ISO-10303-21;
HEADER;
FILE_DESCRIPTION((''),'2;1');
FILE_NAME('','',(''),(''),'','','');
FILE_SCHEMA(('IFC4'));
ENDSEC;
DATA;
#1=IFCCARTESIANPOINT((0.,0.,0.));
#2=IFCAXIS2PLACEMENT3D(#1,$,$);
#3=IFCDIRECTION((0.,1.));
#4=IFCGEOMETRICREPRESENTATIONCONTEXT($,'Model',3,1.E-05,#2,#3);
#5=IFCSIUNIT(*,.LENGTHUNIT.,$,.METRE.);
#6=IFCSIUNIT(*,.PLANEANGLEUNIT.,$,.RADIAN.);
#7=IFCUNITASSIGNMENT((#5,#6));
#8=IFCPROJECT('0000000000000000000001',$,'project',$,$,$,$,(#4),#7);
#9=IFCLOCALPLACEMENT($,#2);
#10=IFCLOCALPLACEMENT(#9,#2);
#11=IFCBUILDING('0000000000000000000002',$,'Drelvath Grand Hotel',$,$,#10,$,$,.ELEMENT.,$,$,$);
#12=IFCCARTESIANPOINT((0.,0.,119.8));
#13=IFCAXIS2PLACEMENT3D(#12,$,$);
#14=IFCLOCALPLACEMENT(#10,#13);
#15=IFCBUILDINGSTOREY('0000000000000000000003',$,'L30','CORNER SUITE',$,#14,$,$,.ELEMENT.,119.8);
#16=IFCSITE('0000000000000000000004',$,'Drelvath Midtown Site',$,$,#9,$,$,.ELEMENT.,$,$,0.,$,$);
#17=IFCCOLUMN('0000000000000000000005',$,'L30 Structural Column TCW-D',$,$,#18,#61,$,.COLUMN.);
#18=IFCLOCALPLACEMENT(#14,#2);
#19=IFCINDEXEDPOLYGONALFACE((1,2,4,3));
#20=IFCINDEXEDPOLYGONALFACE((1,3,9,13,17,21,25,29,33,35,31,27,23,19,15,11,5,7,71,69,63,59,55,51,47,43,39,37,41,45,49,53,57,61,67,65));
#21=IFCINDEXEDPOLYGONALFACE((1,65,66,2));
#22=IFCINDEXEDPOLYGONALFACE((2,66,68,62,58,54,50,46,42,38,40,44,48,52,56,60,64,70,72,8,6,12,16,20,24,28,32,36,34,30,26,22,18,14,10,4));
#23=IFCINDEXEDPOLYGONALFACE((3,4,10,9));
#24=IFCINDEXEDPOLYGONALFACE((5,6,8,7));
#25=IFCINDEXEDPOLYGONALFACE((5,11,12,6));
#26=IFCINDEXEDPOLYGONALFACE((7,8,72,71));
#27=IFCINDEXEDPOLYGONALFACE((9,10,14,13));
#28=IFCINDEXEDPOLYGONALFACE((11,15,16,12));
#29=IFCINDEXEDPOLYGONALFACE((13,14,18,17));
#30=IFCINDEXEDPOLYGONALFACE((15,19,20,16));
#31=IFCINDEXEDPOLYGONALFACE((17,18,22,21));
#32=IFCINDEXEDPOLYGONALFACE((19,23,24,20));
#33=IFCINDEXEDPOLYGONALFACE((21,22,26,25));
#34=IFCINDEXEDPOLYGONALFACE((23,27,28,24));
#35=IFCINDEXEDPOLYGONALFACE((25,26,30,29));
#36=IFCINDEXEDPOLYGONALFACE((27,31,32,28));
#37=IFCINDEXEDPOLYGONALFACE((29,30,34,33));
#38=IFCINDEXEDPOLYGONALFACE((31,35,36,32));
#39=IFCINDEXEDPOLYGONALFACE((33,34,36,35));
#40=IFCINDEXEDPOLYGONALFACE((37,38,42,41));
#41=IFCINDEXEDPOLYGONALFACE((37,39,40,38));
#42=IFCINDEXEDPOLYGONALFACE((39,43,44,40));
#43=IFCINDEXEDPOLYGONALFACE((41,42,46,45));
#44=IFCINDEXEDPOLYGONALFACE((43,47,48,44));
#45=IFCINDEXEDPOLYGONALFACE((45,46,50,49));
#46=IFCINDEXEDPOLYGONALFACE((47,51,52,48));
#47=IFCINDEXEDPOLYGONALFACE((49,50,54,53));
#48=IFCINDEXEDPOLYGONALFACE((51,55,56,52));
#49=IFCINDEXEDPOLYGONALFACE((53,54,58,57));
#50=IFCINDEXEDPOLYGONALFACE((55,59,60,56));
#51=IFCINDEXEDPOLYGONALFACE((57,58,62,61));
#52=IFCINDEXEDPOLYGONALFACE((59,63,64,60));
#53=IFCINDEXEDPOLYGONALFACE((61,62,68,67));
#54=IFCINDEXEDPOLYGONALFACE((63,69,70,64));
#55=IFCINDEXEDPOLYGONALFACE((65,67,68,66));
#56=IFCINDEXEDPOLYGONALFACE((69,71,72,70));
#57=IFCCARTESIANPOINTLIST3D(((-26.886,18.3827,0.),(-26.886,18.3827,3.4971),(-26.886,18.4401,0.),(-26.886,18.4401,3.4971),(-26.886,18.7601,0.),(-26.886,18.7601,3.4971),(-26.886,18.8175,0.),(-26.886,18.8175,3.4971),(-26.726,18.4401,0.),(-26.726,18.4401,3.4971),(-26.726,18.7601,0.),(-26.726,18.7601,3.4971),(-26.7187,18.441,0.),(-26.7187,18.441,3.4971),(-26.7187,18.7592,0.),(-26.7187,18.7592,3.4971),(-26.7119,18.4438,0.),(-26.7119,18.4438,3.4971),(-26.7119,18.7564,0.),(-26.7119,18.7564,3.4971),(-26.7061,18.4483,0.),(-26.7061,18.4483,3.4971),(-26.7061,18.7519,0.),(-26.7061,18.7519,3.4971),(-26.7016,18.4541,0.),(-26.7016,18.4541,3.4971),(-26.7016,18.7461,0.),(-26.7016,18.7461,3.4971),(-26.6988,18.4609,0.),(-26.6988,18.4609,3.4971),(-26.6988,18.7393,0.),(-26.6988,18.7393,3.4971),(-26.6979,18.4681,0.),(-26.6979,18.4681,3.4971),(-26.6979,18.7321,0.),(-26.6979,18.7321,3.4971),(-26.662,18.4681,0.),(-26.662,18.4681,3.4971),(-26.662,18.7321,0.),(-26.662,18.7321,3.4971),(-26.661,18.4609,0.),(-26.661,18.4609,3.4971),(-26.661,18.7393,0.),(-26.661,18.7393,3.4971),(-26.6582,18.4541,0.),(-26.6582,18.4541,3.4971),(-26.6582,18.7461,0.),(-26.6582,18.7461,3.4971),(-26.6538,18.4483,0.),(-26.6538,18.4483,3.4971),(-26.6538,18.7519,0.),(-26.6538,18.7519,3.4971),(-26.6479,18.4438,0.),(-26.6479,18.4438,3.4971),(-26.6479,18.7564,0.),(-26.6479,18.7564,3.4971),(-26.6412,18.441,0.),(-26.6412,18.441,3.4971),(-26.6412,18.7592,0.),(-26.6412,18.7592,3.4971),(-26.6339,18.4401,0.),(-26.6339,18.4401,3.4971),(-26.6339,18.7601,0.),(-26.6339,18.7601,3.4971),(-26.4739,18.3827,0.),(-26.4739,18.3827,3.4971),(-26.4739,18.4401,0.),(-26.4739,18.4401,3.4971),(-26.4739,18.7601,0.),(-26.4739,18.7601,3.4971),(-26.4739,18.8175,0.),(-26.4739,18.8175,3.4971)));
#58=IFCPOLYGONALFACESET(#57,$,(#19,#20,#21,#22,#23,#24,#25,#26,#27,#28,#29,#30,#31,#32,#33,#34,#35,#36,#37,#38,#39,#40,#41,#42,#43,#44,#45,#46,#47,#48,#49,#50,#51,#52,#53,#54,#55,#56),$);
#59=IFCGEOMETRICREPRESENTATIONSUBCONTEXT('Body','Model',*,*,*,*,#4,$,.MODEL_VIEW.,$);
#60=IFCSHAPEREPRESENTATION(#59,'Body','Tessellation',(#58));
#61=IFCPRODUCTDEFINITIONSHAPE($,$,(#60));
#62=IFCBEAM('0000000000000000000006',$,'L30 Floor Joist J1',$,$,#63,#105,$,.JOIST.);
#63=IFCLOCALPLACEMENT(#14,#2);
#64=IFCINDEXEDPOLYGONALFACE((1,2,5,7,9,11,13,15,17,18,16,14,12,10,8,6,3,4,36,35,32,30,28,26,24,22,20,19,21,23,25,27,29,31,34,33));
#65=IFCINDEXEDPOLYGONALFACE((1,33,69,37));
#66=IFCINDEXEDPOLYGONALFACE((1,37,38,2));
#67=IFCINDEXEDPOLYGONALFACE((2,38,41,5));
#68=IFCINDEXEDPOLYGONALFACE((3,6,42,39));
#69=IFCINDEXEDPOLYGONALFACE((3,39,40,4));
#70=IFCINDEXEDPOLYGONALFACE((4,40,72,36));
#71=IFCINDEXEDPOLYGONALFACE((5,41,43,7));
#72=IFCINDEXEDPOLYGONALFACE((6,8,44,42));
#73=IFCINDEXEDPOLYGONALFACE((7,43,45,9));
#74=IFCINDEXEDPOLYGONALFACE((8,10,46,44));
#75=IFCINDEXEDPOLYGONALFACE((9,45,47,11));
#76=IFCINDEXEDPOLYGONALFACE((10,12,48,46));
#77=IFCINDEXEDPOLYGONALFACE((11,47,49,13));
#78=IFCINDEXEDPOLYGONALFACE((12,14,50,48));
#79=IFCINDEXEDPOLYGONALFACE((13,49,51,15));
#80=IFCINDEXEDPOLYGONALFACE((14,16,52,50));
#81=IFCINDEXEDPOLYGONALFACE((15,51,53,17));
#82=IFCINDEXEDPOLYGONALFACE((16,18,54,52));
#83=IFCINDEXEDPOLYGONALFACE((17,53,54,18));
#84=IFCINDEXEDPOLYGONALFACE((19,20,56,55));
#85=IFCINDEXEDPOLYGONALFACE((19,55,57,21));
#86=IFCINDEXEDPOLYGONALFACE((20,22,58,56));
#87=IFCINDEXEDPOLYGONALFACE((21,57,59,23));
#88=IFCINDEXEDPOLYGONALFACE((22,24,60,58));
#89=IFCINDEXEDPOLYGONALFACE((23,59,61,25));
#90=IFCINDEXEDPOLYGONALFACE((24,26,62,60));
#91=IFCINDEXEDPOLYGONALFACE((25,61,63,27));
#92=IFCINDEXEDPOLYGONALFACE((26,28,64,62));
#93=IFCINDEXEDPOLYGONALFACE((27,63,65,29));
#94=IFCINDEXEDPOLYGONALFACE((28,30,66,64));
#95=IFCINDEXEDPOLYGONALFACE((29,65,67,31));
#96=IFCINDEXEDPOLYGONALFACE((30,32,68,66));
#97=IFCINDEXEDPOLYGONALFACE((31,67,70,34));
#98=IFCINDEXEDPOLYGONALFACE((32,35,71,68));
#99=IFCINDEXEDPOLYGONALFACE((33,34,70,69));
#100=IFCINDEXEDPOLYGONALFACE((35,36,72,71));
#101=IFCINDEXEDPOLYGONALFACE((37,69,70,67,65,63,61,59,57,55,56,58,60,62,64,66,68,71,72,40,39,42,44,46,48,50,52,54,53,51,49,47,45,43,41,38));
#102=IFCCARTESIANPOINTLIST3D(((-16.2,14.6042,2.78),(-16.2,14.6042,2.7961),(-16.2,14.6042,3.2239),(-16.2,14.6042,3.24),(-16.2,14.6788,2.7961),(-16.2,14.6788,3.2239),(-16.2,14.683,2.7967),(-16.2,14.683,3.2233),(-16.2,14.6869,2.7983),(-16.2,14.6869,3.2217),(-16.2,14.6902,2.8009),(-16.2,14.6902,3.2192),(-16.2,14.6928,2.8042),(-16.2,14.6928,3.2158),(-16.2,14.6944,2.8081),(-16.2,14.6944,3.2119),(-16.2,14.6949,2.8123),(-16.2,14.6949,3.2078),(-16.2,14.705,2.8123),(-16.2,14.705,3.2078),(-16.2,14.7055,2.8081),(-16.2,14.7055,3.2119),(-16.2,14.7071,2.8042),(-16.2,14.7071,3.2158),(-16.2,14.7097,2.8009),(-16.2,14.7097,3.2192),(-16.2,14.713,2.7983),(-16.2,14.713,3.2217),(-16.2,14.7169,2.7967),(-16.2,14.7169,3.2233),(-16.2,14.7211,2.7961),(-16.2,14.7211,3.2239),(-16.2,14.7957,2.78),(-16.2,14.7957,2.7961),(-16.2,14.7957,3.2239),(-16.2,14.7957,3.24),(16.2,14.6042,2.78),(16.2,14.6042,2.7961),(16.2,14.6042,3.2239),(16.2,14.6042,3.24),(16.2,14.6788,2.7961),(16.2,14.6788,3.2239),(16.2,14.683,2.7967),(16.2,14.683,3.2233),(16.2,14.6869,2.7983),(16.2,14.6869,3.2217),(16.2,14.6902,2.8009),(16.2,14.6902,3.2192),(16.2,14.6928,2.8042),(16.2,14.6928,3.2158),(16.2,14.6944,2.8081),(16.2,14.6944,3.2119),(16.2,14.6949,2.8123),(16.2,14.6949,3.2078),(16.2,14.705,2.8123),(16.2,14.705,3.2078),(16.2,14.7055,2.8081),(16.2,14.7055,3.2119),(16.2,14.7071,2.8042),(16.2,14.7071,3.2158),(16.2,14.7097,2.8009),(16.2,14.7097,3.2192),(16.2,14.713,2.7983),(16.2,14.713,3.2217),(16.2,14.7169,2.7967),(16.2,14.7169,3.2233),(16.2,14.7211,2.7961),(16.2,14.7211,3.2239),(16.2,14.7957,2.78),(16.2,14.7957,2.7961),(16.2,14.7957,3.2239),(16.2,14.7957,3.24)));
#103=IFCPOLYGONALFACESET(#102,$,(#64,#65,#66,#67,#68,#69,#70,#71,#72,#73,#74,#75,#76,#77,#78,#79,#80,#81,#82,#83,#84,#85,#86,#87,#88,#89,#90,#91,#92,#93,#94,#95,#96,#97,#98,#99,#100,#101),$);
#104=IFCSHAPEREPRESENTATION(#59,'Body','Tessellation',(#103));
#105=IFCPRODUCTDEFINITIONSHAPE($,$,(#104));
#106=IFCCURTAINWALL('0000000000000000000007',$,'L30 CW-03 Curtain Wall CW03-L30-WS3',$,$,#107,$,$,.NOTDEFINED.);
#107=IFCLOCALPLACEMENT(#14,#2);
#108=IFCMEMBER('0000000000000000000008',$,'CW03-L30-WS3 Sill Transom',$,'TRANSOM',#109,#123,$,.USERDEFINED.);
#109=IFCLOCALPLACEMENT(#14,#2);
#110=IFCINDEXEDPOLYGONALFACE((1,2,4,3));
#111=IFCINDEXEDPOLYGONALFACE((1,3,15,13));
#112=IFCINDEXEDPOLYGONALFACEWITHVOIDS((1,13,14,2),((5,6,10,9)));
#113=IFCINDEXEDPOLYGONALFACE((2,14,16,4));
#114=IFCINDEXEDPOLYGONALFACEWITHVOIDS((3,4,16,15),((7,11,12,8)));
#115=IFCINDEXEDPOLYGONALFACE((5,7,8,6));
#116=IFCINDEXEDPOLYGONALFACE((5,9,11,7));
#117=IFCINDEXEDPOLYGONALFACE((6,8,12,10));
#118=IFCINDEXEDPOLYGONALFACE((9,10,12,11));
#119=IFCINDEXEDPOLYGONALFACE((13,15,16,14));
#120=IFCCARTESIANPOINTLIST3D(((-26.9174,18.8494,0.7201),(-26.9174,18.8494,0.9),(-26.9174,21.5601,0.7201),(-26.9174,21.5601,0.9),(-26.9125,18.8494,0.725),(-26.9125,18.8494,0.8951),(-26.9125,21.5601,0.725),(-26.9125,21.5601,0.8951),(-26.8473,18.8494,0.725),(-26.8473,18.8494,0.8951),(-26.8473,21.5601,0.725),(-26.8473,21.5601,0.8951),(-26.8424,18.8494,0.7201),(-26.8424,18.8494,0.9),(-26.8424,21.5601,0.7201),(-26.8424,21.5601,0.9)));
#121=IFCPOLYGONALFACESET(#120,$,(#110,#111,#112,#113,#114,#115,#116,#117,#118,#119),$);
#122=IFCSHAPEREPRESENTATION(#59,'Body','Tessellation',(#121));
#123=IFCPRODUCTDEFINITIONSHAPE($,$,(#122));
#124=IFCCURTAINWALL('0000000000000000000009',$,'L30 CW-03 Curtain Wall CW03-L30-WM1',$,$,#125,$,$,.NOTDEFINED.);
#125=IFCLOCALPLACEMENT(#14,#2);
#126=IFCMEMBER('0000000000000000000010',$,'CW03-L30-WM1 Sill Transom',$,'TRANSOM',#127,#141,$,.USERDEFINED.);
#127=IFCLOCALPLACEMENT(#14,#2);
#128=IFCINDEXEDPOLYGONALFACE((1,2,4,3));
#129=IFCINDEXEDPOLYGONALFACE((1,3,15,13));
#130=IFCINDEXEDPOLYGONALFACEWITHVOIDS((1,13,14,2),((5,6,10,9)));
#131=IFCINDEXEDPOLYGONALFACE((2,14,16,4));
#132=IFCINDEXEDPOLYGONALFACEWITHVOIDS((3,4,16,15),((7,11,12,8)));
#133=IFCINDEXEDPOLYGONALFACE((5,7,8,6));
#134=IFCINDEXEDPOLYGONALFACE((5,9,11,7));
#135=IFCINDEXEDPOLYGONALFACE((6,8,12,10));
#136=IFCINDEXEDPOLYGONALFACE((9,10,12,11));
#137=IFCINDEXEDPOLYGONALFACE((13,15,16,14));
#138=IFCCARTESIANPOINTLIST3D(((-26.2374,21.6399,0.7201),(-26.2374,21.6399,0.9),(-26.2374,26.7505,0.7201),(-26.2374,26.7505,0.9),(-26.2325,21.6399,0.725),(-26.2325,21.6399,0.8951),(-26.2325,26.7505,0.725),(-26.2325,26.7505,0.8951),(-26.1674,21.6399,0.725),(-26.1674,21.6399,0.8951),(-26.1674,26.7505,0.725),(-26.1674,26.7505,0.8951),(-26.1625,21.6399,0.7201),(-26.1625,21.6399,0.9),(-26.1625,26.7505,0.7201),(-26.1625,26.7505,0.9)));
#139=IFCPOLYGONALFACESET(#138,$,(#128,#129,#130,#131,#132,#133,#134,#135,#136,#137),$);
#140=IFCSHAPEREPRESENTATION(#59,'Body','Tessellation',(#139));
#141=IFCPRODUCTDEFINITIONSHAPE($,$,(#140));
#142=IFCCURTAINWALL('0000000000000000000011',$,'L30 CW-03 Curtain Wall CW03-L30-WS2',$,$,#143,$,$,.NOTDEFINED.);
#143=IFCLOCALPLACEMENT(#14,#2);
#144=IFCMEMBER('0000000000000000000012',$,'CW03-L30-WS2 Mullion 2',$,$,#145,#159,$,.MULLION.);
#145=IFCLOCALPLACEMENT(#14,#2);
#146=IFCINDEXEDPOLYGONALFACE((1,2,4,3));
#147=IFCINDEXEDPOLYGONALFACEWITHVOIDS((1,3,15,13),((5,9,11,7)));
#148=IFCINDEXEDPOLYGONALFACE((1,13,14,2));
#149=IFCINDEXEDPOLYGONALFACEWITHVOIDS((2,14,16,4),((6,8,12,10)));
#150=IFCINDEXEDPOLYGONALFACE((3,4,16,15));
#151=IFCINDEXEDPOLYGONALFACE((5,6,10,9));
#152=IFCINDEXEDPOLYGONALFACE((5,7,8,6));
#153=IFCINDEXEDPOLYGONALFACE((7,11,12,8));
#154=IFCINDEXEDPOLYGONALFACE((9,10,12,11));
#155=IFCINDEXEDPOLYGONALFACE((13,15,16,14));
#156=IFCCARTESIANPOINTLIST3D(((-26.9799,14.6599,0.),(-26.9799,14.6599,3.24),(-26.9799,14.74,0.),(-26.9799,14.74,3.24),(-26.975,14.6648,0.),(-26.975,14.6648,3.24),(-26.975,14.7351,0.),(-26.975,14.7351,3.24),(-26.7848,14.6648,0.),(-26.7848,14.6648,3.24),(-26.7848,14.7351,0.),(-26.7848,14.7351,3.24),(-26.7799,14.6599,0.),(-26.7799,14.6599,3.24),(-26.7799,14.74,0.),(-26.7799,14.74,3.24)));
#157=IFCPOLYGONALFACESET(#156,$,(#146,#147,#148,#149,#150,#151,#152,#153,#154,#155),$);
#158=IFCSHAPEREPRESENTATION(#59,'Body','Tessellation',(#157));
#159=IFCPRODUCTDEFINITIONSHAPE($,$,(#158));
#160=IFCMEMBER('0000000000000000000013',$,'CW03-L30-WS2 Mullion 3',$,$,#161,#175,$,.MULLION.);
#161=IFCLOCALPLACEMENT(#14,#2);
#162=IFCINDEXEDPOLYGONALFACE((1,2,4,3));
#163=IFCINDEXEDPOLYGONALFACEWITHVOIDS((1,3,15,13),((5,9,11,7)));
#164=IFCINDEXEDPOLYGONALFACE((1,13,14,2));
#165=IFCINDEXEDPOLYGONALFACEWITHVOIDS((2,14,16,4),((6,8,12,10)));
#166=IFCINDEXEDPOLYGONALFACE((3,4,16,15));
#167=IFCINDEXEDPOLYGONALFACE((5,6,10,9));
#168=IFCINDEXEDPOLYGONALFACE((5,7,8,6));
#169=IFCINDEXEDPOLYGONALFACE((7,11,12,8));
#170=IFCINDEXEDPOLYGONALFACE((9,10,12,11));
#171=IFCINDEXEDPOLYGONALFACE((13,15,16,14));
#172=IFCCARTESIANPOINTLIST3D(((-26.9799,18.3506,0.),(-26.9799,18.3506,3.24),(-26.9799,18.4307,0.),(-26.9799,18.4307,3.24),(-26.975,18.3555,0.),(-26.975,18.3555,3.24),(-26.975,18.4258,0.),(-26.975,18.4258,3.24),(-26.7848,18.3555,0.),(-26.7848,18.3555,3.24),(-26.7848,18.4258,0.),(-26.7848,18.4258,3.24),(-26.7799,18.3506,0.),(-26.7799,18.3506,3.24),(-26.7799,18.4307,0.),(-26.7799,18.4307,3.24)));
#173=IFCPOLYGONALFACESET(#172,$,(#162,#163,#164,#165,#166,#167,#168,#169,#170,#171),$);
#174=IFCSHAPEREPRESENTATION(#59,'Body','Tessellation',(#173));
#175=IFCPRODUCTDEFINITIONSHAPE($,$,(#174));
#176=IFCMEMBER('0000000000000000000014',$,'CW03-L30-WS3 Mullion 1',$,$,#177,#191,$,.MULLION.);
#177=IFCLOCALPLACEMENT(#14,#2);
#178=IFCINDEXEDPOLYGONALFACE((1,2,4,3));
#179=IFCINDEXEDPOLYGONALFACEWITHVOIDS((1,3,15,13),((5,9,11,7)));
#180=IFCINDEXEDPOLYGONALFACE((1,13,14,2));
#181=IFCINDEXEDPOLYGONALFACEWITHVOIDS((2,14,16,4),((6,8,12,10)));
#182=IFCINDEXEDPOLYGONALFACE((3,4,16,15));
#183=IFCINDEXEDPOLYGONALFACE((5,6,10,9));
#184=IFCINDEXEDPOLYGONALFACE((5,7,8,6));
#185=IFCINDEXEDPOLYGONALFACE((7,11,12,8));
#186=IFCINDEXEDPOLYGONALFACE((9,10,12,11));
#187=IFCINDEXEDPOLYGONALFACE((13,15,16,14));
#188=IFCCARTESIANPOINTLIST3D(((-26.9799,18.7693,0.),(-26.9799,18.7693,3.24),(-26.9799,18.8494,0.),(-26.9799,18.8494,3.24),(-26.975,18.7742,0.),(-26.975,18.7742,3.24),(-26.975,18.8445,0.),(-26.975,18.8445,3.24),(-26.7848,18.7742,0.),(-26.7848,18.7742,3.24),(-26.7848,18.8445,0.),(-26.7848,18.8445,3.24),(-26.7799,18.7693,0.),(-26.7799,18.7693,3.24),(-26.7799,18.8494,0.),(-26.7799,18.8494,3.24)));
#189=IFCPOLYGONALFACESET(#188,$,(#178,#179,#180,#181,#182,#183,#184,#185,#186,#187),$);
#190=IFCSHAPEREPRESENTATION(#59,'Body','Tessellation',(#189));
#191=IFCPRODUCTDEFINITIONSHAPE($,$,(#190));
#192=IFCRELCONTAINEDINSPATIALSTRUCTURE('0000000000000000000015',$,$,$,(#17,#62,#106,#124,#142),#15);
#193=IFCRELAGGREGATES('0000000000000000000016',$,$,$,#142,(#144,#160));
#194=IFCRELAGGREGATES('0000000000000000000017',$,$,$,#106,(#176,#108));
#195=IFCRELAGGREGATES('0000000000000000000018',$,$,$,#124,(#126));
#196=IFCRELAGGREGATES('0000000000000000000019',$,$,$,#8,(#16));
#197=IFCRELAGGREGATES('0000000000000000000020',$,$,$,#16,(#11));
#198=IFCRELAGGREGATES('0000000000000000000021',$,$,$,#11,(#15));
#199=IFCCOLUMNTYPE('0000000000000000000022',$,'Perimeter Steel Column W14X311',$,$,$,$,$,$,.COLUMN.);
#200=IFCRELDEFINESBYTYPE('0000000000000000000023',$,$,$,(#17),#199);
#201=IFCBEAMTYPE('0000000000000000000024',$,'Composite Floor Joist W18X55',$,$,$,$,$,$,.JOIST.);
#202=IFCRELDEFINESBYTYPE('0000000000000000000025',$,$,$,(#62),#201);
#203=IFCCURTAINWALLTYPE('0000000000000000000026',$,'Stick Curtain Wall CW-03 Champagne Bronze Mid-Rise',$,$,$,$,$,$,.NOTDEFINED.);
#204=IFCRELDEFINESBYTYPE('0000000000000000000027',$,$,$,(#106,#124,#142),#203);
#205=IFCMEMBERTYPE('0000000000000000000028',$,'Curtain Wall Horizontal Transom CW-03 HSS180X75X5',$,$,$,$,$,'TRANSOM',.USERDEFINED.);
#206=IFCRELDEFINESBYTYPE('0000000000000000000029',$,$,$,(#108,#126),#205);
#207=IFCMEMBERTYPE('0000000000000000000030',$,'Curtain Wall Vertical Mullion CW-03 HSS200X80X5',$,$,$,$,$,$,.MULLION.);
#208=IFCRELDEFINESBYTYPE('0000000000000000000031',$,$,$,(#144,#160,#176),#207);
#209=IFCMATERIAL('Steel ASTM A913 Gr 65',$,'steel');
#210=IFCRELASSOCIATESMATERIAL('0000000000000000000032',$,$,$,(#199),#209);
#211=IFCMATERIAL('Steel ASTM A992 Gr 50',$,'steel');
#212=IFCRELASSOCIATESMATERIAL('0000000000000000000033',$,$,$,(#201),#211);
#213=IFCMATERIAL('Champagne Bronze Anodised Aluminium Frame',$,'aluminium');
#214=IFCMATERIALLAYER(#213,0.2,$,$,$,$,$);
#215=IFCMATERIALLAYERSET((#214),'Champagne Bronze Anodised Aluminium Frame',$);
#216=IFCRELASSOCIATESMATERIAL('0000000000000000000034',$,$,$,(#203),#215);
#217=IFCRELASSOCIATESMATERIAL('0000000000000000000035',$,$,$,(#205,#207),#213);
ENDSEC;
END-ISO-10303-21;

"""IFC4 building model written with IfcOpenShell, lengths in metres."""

from ifc_helpers import new_model, si_unit, direction, frame, origin, origin_2d, place, context, subcontext, project, spatial, hollow_rectangle, i_section, extrude, material, layer, layer_set, material_profile, profile_set, type_object, element, aggregate, save


model = new_model("IFC4")

# Units and contexts
model_context = context("Model", 3, precision=1e-05, world=origin(), true_north=direction((0.0, 1.0)))
body_context = subcontext(model_context, "Body", "Model", "MODEL_VIEW")
ifc_project = project(units=[si_unit("LENGTHUNIT", "METRE"), si_unit("PLANEANGLEUNIT", "RADIAN")], contexts=[model_context])

# Site, building, storey
site_placement = place(None, origin())
site = spatial("IfcSite", under=ifc_project, at=site_placement, Name="Drelvath Midtown Site", CompositionType="ELEMENT", RefElevation=0.0)
building_placement = place(site_placement, origin())
building = spatial("IfcBuilding", under=site, at=building_placement, Name="Drelvath Grand Hotel", CompositionType="ELEMENT")
storey_placement = place(building_placement, frame((0.0, 0.0, 119.8)))
storey = spatial("IfcBuildingStorey", under=building, at=storey_placement, Name="L30", Description="CORNER SUITE", CompositionType="ELEMENT", Elevation=119.8)

# Column
ifc_material_1 = material(Name="Steel ASTM A913 Gr 65", Category="steel")
ifc_material_profile_1 = material_profile(ifc_material_1, i_section(OverallWidth=0.4121, OverallDepth=0.4348, WebThickness=0.0359, FlangeThickness=0.0574, FilletRadius=0.0281, at=origin_2d()), Name="W14X311")
ifc_profile_set_1 = profile_set([ifc_material_profile_1], Name="Steel ASTM A913 Gr 65")
column_type = type_object("IfcColumnType", Name="Perimeter Steel Column W14X311", PredefinedType="COLUMN", material=ifc_profile_set_1)
column_placement = place(storey_placement, frame((-26.6799, 18.6001, 0.0), z_axis=(0.0, 0.0, 1.0), x_axis=(1.0, 0.0, 0.0)))
element("IfcColumn", 1, at=column_placement, inside=storey, type_object=column_type, Name="L30 Structural Column TCW-D", PredefinedType="COLUMN", context=body_context, shape_type="SweptSolid", body=[
    extrude(i_section(OverallWidth=0.4121, OverallDepth=0.4348, WebThickness=0.0359, FlangeThickness=0.0574, FilletRadius=0.0281, at=origin_2d()), origin(), (0.0, 0.0, 1.0), 3.4971),
])

# Beam
ifc_material_2 = material(Name="Steel ASTM A992 Gr 50", Category="steel")
ifc_material_profile_2 = material_profile(ifc_material_2, i_section(OverallWidth=0.1914, OverallDepth=0.46, WebThickness=0.01, FlangeThickness=0.0161, FilletRadius=0.0161, at=origin_2d()), Name="W18X55")
ifc_profile_set_2 = profile_set([ifc_material_profile_2], Name="Steel ASTM A992 Gr 50")
beam_type_1 = type_object("IfcBeamType", Name="Composite Floor Joist W18X55", PredefinedType="JOIST", material=ifc_profile_set_2)
beam_1_placement = place(storey_placement, frame((-16.2, 14.7, 3.01), z_axis=(1.0, 0.0, 0.0), x_axis=(0.0, 1.0, 0.0)))
element("IfcBeam", 2, at=beam_1_placement, inside=storey, type_object=beam_type_1, Name="L30 Floor Joist J1", PredefinedType="JOIST", context=body_context, shape_type="SweptSolid", body=[
    extrude(i_section(OverallWidth=0.1914, OverallDepth=0.46, WebThickness=0.01, FlangeThickness=0.0161, FilletRadius=0.0161, at=origin_2d()), origin(), (0.0, 0.0, 1.0), 32.3999),
])

# Curtain walls, members
ifc_material_3 = material(Name="Champagne Bronze Anodised Aluminium Frame", Category="aluminium")
ifc_layer_1 = layer(ifc_material_3, 0.2)
ifc_layer_set_1 = layer_set([ifc_layer_1], Name="Champagne Bronze Anodised Aluminium Frame")
curtain_wall_type = type_object("IfcCurtainWallType", Name="Stick Curtain Wall CW-03 Champagne Bronze Mid-Rise", PredefinedType="NOTDEFINED", material=ifc_layer_set_1)
curtain_wall_1_placement = place(storey_placement, origin())
curtain_wall_1 = element("IfcCurtainWall", 3, at=curtain_wall_1_placement, inside=storey, type_object=curtain_wall_type, Name="L30 CW-03 Curtain Wall CW03-L30-WS3", PredefinedType="NOTDEFINED")
ifc_material_profile_3 = material_profile(ifc_material_3, hollow_rectangle(XDim=0.075, YDim=0.1799, WallThickness=0.0049, at=origin_2d()), Name="HSS180X75X5")
ifc_profile_set_3 = profile_set([ifc_material_profile_3], Name="Champagne Bronze Anodised Aluminium Frame")
member_type_1 = type_object("IfcMemberType", Name="Curtain Wall Horizontal Transom CW-03 HSS180X75X5", ElementType="TRANSOM", PredefinedType="USERDEFINED", material=ifc_profile_set_3)
member_1_placement = place(storey_placement, frame((-26.8799, 18.8494, 0.8101), z_axis=(0.0, 1.0, 0.0), x_axis=(-1.0, 0.0, 0.0)))
member_1 = element("IfcMember", 4, at=member_1_placement, type_object=member_type_1, Name="CW03-L30-WS3 Sill Transom", ObjectType="TRANSOM", PredefinedType="USERDEFINED", context=body_context, shape_type="SweptSolid", body=[
    extrude(hollow_rectangle(XDim=0.075, YDim=0.1799, WallThickness=0.0049, at=origin_2d()), origin(), (0.0, 0.0, 1.0), 2.7107),
])
curtain_wall_2_placement = place(storey_placement, origin())
curtain_wall_2 = element("IfcCurtainWall", 5, at=curtain_wall_2_placement, inside=storey, type_object=curtain_wall_type, Name="L30 CW-03 Curtain Wall CW03-L30-WM1", PredefinedType="NOTDEFINED")
member_2_placement = place(storey_placement, frame((-26.2, 21.6399, 0.8101), z_axis=(0.0, 1.0, 0.0), x_axis=(-1.0, 0.0, 0.0)))
member_2 = element("IfcMember", 6, at=member_2_placement, type_object=member_type_1, Name="CW03-L30-WM1 Sill Transom", ObjectType="TRANSOM", PredefinedType="USERDEFINED", context=body_context, shape_type="SweptSolid", body=[
    extrude(hollow_rectangle(XDim=0.075, YDim=0.1799, WallThickness=0.0049, at=origin_2d()), origin(), (0.0, 0.0, 1.0), 5.1106),
])

# Curtain wall, members
curtain_wall_3_placement = place(storey_placement, origin())
curtain_wall_3 = element("IfcCurtainWall", 7, at=curtain_wall_3_placement, inside=storey, type_object=curtain_wall_type, Name="L30 CW-03 Curtain Wall CW03-L30-WS2", PredefinedType="NOTDEFINED")
ifc_material_profile_4 = material_profile(ifc_material_3, hollow_rectangle(XDim=0.0801, YDim=0.2, WallThickness=0.0049, at=origin_2d()), Name="HSS200X80X5")
ifc_profile_set_4 = profile_set([ifc_material_profile_4], Name="Champagne Bronze Anodised Aluminium Frame")
member_type_2 = type_object("IfcMemberType", Name="Curtain Wall Vertical Mullion CW-03 HSS200X80X5", PredefinedType="MULLION", material=ifc_profile_set_4)
member_3_placement = place(storey_placement, frame((-26.8799, 14.7, 0.0), z_axis=(0.0, 0.0, 1.0), x_axis=(0.0, 1.0, 0.0)))
member_3 = element("IfcMember", 8, at=member_3_placement, type_object=member_type_2, Name="CW03-L30-WS2 Mullion 2", PredefinedType="MULLION", context=body_context, shape_type="SweptSolid", body=[
    extrude(hollow_rectangle(XDim=0.0801, YDim=0.2, WallThickness=0.0049, at=origin_2d()), origin(), (0.0, 0.0, 1.0), 3.24),
])
member_4_placement = place(storey_placement, frame((-26.8799, 18.3906, 0.0), z_axis=(0.0, 0.0, 1.0), x_axis=(0.0, 1.0, 0.0)))
member_4 = element("IfcMember", 9, at=member_4_placement, type_object=member_type_2, Name="CW03-L30-WS2 Mullion 3", PredefinedType="MULLION", context=body_context, shape_type="SweptSolid", body=[
    extrude(hollow_rectangle(XDim=0.0801, YDim=0.2, WallThickness=0.0049, at=origin_2d()), origin(), (0.0, 0.0, 1.0), 3.24),
])

# Member
member_5_placement = place(storey_placement, frame((-26.8799, 18.8093, 0.0), z_axis=(0.0, 0.0, 1.0), x_axis=(0.0, 1.0, 0.0)))
member_5 = element("IfcMember", 10, at=member_5_placement, type_object=member_type_2, Name="CW03-L30-WS3 Mullion 1", PredefinedType="MULLION", context=body_context, shape_type="SweptSolid", body=[
    extrude(hollow_rectangle(XDim=0.0801, YDim=0.2, WallThickness=0.0049, at=origin_2d()), origin(), (0.0, 0.0, 1.0), 3.24),
])

aggregate(curtain_wall_3, [member_3, member_4])
aggregate(curtain_wall_1, [member_5, member_1])
aggregate(curtain_wall_2, [member_2])

save(model, "model.ifc")
